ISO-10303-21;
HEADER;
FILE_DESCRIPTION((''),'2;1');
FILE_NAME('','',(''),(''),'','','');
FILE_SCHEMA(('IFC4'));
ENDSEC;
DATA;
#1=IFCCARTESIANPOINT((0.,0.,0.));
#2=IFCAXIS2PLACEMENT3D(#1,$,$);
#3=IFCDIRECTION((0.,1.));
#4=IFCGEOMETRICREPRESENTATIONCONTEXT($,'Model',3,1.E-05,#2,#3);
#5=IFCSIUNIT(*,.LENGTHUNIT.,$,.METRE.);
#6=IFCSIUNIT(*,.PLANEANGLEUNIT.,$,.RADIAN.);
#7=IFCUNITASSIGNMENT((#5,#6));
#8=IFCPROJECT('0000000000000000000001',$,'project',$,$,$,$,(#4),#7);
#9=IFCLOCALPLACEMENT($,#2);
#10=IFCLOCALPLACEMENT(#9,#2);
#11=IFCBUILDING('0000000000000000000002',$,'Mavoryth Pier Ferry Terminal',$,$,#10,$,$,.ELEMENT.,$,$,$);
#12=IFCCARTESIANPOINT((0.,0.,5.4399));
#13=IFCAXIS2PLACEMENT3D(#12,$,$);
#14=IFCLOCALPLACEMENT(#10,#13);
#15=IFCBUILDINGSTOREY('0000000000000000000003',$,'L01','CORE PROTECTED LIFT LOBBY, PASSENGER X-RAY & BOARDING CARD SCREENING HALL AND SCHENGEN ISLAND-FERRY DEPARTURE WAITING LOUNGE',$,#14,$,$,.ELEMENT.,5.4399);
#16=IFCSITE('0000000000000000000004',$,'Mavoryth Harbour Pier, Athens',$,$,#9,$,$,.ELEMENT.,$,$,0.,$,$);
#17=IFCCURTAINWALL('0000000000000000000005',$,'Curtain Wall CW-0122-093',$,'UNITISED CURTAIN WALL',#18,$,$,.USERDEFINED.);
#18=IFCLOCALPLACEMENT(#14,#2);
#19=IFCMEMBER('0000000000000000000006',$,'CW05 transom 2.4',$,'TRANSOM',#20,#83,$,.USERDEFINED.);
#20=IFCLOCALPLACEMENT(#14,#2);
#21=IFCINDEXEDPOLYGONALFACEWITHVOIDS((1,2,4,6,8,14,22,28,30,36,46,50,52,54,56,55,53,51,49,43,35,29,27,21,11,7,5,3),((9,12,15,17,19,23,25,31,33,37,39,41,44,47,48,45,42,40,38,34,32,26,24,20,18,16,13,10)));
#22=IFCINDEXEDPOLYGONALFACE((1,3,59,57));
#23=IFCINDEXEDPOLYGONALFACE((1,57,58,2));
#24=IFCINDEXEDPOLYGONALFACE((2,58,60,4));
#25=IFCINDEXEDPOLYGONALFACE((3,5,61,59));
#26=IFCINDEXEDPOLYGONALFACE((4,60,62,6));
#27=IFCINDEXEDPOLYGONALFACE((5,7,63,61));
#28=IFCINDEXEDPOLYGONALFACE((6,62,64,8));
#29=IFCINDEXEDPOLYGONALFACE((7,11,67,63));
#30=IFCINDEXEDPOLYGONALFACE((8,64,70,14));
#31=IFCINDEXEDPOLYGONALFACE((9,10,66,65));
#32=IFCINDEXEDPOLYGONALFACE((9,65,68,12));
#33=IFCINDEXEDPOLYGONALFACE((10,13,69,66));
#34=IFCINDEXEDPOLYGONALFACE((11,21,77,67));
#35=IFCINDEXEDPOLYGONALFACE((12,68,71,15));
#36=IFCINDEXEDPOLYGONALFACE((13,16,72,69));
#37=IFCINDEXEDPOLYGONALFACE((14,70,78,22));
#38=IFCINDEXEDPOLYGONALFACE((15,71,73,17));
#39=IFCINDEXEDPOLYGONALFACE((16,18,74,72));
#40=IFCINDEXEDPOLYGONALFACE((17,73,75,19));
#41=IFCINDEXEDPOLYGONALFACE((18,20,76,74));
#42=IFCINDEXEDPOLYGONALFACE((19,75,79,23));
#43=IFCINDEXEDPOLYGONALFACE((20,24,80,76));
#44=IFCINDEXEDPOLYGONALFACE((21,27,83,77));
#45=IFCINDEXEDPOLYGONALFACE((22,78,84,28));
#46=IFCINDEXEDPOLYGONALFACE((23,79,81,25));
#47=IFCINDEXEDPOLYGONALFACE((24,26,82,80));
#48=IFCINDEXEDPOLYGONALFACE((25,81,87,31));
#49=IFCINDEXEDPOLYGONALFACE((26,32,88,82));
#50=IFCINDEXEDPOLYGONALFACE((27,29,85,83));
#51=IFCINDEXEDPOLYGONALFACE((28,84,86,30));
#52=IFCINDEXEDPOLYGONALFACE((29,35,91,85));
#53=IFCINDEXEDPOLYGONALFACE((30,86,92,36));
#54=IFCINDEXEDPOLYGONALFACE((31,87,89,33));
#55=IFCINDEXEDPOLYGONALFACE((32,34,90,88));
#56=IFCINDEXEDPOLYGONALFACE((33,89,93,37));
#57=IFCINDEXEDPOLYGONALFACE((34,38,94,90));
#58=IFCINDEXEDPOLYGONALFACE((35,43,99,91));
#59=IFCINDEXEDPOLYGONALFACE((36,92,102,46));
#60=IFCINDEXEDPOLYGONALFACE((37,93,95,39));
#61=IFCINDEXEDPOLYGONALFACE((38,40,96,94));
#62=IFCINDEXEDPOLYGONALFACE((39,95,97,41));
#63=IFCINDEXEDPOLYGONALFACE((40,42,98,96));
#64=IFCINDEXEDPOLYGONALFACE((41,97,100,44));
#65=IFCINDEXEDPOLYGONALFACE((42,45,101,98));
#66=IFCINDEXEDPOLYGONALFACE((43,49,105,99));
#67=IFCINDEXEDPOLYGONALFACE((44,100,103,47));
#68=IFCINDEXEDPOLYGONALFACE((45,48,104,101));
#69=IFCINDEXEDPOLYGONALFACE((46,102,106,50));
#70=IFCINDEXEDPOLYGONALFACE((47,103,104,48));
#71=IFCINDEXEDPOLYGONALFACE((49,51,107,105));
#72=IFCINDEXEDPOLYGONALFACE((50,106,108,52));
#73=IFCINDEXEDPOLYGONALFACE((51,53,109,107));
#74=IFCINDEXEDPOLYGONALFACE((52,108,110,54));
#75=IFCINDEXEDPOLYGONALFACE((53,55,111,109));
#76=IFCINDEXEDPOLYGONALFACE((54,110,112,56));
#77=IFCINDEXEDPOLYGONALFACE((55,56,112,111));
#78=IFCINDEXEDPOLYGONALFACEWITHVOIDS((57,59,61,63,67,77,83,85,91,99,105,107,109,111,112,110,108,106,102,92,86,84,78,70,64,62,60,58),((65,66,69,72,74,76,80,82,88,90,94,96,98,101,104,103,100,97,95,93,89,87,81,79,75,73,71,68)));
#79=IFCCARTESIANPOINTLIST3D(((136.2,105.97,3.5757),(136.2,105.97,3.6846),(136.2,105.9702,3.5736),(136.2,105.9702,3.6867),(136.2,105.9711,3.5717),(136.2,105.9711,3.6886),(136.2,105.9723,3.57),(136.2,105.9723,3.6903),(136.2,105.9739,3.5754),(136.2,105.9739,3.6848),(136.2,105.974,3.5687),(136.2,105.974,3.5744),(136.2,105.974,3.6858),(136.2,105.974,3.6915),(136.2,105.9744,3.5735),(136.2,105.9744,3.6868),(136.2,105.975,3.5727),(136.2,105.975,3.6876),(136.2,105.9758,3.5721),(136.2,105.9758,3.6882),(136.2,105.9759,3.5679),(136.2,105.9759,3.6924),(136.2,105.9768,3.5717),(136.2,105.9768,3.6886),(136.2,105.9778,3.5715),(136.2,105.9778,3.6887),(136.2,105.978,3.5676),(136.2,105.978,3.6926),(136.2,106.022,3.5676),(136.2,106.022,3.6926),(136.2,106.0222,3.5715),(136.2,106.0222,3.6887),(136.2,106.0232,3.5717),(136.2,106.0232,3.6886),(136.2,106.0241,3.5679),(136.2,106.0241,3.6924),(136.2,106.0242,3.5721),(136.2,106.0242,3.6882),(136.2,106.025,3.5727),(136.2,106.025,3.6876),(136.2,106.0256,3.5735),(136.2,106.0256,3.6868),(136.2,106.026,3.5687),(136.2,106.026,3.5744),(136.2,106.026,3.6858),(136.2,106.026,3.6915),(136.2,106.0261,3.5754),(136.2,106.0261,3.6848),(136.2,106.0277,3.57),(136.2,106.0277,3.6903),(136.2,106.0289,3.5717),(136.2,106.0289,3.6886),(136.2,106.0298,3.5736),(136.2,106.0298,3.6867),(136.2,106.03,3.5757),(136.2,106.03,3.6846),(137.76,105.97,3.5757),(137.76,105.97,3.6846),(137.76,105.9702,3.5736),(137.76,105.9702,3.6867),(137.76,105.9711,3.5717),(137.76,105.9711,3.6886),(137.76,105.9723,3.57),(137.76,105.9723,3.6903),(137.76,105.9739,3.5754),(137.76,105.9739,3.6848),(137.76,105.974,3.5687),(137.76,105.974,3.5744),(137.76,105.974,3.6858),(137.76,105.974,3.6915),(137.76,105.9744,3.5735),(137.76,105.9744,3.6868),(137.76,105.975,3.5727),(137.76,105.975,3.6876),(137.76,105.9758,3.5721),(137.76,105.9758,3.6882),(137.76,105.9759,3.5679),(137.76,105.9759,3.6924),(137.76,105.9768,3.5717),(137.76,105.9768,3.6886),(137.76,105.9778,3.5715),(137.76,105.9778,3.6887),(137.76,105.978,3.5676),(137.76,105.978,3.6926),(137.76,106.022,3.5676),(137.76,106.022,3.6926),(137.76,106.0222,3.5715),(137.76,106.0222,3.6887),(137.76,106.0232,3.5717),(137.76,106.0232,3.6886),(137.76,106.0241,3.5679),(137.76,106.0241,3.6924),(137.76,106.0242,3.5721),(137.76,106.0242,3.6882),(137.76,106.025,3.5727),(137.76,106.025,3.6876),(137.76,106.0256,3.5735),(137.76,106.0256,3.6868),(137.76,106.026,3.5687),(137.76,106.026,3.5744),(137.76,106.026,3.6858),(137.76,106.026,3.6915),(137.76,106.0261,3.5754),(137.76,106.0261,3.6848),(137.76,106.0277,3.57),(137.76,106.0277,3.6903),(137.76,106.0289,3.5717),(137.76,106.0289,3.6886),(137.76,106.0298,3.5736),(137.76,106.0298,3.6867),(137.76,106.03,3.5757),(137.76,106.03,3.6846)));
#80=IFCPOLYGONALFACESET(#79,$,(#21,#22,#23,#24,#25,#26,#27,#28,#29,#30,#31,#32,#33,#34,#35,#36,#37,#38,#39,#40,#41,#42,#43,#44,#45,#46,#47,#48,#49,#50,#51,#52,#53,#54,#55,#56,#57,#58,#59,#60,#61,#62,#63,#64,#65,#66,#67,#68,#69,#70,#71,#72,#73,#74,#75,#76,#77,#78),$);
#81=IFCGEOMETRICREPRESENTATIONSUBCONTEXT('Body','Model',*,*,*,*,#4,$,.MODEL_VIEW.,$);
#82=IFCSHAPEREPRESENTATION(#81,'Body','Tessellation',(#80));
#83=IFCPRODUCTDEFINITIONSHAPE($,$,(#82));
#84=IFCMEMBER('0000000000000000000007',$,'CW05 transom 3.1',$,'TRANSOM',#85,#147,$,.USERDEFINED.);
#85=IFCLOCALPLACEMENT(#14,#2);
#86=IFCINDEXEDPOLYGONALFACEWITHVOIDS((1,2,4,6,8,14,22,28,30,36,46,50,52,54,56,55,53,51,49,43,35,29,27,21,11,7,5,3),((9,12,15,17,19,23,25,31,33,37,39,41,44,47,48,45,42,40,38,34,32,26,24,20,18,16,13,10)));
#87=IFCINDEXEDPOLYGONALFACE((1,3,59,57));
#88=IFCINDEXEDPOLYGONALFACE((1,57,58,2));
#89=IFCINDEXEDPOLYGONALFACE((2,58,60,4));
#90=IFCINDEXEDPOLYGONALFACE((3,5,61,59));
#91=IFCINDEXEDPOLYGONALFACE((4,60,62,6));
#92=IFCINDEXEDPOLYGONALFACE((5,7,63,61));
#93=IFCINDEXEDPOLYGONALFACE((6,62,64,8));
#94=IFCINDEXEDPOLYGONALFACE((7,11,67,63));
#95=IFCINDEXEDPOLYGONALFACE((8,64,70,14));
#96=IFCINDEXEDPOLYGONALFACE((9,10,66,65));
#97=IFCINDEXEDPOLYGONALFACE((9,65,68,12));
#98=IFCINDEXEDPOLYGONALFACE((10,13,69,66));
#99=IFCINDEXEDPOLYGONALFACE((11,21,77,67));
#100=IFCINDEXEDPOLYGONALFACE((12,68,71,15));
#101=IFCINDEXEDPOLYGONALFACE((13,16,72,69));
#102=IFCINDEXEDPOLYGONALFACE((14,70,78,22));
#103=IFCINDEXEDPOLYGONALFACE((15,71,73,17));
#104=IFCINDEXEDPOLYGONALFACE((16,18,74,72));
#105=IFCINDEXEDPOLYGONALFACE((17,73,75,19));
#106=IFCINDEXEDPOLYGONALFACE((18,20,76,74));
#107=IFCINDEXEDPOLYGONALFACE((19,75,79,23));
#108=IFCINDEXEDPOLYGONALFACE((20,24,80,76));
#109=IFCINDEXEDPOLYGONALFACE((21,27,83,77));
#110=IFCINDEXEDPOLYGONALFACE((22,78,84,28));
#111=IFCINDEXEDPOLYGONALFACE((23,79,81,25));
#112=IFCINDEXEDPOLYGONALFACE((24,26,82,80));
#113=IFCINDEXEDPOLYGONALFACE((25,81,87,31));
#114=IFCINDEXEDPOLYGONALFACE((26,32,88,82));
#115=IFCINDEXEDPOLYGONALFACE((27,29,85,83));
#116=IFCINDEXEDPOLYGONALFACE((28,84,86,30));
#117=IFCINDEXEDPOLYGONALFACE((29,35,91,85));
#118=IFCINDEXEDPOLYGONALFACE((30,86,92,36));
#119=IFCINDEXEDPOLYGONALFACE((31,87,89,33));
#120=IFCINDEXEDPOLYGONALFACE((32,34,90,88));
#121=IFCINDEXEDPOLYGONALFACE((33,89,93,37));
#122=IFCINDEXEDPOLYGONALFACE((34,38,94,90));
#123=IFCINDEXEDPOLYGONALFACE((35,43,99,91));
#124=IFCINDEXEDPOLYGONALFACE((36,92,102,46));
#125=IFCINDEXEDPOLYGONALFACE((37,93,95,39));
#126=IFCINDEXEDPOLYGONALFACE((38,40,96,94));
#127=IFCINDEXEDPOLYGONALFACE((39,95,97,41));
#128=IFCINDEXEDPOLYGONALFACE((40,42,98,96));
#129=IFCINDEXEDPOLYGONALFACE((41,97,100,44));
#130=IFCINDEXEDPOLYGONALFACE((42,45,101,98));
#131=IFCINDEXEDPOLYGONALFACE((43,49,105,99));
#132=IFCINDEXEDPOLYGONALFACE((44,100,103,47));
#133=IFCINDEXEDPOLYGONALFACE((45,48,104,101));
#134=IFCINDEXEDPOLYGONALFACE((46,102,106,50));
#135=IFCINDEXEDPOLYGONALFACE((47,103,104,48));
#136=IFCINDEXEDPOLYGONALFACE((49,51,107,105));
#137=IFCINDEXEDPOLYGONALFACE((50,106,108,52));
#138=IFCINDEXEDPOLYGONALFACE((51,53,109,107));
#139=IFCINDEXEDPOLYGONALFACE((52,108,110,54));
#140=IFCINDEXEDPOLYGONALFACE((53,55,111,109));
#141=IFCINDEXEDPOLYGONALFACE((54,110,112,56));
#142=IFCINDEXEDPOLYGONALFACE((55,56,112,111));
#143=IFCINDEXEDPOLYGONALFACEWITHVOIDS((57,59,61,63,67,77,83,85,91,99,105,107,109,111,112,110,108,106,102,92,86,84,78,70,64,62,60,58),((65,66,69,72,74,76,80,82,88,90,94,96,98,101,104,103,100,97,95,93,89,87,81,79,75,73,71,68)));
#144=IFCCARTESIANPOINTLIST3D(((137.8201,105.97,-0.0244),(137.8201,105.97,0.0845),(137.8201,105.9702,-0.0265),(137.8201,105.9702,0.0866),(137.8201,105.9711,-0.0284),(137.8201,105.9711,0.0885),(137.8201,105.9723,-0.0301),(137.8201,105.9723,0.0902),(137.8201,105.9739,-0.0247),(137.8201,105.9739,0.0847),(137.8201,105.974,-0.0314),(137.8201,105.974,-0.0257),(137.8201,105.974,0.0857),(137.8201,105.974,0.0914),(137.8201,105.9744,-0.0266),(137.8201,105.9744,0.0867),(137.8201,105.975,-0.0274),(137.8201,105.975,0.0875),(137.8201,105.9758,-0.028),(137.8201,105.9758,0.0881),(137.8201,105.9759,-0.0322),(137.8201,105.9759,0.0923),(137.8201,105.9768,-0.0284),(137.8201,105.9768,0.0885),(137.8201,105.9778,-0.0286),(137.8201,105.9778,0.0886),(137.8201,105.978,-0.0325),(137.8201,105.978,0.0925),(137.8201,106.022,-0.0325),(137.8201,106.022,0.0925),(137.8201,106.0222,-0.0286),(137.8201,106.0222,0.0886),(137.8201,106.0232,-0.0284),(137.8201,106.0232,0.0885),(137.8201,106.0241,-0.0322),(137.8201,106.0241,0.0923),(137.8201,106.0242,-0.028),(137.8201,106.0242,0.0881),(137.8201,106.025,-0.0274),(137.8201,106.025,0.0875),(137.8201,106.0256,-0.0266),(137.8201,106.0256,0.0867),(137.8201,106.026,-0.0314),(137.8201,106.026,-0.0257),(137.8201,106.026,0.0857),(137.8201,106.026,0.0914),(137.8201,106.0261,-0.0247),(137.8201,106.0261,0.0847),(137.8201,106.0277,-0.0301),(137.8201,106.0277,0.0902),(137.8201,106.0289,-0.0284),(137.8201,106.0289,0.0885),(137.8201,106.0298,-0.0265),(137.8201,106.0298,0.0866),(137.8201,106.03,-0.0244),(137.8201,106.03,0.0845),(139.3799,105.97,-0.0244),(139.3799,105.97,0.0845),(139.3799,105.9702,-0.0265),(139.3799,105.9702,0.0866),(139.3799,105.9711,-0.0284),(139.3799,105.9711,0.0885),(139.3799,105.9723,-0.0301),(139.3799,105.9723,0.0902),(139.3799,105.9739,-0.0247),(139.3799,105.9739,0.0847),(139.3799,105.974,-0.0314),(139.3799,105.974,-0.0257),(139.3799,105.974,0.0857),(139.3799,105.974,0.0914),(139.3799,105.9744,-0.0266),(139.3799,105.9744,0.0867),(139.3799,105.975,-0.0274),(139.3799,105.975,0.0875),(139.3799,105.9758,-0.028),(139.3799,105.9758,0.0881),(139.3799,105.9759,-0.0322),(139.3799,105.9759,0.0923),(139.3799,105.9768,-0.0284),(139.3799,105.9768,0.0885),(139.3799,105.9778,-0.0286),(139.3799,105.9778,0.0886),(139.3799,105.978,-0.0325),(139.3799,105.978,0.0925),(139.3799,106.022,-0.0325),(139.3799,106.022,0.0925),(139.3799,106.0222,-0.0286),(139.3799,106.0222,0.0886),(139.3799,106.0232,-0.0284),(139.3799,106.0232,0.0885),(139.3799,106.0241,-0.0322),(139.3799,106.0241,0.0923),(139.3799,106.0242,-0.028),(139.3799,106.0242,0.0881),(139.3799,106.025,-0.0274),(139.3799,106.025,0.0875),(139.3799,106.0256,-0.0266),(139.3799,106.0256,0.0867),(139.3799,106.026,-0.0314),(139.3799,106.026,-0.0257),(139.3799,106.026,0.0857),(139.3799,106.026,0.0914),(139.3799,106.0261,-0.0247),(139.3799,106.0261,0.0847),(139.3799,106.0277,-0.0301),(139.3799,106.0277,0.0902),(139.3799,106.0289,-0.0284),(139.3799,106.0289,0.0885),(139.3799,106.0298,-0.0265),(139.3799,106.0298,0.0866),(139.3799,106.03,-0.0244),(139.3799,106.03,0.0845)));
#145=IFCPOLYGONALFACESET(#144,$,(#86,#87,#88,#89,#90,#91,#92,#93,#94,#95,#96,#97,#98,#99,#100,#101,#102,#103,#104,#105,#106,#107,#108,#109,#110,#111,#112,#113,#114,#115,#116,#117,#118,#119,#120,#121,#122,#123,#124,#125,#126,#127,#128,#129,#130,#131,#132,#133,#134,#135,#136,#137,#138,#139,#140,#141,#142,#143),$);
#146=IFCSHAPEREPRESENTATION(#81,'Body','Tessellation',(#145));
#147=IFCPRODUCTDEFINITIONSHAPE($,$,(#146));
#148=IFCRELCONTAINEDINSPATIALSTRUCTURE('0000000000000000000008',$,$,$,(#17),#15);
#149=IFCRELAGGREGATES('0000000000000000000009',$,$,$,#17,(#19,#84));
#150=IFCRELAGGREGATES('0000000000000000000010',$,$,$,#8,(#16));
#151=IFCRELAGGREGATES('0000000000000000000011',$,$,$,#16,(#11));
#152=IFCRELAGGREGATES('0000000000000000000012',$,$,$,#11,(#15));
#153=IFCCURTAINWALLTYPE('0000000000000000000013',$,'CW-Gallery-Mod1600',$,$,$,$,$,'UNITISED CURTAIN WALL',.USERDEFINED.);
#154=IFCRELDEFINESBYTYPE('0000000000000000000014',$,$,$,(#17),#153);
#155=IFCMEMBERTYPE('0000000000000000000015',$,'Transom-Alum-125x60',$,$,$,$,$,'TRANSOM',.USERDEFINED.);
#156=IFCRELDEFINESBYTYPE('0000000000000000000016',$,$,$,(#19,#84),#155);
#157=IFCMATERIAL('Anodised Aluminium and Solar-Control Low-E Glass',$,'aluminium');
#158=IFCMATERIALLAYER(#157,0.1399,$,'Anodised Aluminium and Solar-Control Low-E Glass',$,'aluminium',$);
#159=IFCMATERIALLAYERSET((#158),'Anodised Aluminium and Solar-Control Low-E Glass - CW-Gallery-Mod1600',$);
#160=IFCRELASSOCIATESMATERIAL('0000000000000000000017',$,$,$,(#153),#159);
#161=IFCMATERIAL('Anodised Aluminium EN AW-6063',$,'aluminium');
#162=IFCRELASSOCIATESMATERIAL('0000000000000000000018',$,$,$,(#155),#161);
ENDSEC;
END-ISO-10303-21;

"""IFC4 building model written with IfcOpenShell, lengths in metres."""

from ifc_helpers import new_model, si_unit, direction, frame, origin, origin_2d, place, context, subcontext, project, spatial, hollow_rectangle, extrude, material, layer, layer_set, material_profile, profile_set, type_object, element, aggregate, save


model = new_model("IFC4")

# Units and contexts
model_context = context("Model", 3, precision=1e-05, world=origin(), true_north=direction((0.0, 1.0)))
body_context = subcontext(model_context, "Body", "Model", "MODEL_VIEW")
ifc_project = project(units=[si_unit("LENGTHUNIT", "METRE"), si_unit("PLANEANGLEUNIT", "RADIAN")], contexts=[model_context])

# Site, building, storey
site_placement = place(None, origin())
site = spatial("IfcSite", under=ifc_project, at=site_placement, Name="Mavoryth Harbour Pier, Athens", CompositionType="ELEMENT", RefElevation=0.0)
building_placement = place(site_placement, origin())
building = spatial("IfcBuilding", under=site, at=building_placement, Name="Mavoryth Pier Ferry Terminal", CompositionType="ELEMENT")
storey_placement = place(building_placement, frame((0.0, 0.0, 5.4399)))
storey = spatial("IfcBuildingStorey", under=building, at=storey_placement, Name="L01", Description="CORE PROTECTED LIFT LOBBY, PASSENGER X-RAY & BOARDING CARD SCREENING HALL AND SCHENGEN ISLAND-FERRY DEPARTURE WAITING LOUNGE", CompositionType="ELEMENT", Elevation=5.4399)

# Curtain wall, members
ifc_material_1 = material(Name="Anodised Aluminium and Solar-Control Low-E Glass", Category="aluminium")
ifc_layer_1 = layer(ifc_material_1, 0.1399, Name="Anodised Aluminium and Solar-Control Low-E Glass", Category="aluminium")
ifc_layer_set_1 = layer_set([ifc_layer_1], Name="Anodised Aluminium and Solar-Control Low-E Glass - CW-Gallery-Mod1600")
curtain_wall_type = type_object("IfcCurtainWallType", Name="CW-Gallery-Mod1600", ElementType="UNITISED CURTAIN WALL", PredefinedType="USERDEFINED", material=ifc_layer_set_1)
curtain_wall_1_placement = place(storey_placement, origin())
curtain_wall_1 = element("IfcCurtainWall", 1, at=curtain_wall_1_placement, inside=storey, type_object=curtain_wall_type, Name="Curtain Wall CW-0122-093", ObjectType="UNITISED CURTAIN WALL", PredefinedType="USERDEFINED")
ifc_material_2 = material(Name="Anodised Aluminium EN AW-6063", Category="aluminium")
ifc_material_profile_1 = material_profile(ifc_material_2, hollow_rectangle(XDim=0.0601, YDim=0.125, WallThickness=0.0039, InnerFilletRadius=0.0039, OuterFilletRadius=0.0081, at=origin_2d()), Name="AL-TRAN 125x60x4", Category="aluminium")
ifc_profile_set_1 = profile_set([ifc_material_profile_1], Name="Anodised Aluminium EN AW-6063 - AL-TRAN 125x60x4")
member_type_1 = type_object("IfcMemberType", Name="Transom-Alum-125x60", ElementType="TRANSOM", PredefinedType="USERDEFINED", material=ifc_profile_set_1)
member_1_placement = place(storey_placement, frame((136.2, 106.0, 3.6301), z_axis=(1.0, 0.0, 0.0), x_axis=(0.0, 1.0, 0.0)))
member_1 = element("IfcMember", 2, at=member_1_placement, type_object=member_type_1, Name="CW05 transom 2.4", ObjectType="TRANSOM", PredefinedType="USERDEFINED", context=body_context, shape_type="SweptSolid", body=[
    extrude(hollow_rectangle(XDim=0.0601, YDim=0.125, WallThickness=0.0039, InnerFilletRadius=0.0039, OuterFilletRadius=0.0081, at=origin_2d()), origin(), (0.0, 0.0, 1.0), 1.5601),
])
member_2_placement = place(storey_placement, frame((137.8201, 106.0, 0.03), z_axis=(1.0, 0.0, 0.0), x_axis=(0.0, 1.0, 0.0)))
member_2 = element("IfcMember", 3, at=member_2_placement, type_object=member_type_1, Name="CW05 transom 3.1", ObjectType="TRANSOM", PredefinedType="USERDEFINED", context=body_context, shape_type="SweptSolid", body=[
    extrude(hollow_rectangle(XDim=0.0601, YDim=0.125, WallThickness=0.0039, InnerFilletRadius=0.0039, OuterFilletRadius=0.0081, at=origin_2d()), origin(), (0.0, 0.0, 1.0), 1.5598),
])

aggregate(curtain_wall_1, [member_1, member_2])

save(model, "model.ifc")
